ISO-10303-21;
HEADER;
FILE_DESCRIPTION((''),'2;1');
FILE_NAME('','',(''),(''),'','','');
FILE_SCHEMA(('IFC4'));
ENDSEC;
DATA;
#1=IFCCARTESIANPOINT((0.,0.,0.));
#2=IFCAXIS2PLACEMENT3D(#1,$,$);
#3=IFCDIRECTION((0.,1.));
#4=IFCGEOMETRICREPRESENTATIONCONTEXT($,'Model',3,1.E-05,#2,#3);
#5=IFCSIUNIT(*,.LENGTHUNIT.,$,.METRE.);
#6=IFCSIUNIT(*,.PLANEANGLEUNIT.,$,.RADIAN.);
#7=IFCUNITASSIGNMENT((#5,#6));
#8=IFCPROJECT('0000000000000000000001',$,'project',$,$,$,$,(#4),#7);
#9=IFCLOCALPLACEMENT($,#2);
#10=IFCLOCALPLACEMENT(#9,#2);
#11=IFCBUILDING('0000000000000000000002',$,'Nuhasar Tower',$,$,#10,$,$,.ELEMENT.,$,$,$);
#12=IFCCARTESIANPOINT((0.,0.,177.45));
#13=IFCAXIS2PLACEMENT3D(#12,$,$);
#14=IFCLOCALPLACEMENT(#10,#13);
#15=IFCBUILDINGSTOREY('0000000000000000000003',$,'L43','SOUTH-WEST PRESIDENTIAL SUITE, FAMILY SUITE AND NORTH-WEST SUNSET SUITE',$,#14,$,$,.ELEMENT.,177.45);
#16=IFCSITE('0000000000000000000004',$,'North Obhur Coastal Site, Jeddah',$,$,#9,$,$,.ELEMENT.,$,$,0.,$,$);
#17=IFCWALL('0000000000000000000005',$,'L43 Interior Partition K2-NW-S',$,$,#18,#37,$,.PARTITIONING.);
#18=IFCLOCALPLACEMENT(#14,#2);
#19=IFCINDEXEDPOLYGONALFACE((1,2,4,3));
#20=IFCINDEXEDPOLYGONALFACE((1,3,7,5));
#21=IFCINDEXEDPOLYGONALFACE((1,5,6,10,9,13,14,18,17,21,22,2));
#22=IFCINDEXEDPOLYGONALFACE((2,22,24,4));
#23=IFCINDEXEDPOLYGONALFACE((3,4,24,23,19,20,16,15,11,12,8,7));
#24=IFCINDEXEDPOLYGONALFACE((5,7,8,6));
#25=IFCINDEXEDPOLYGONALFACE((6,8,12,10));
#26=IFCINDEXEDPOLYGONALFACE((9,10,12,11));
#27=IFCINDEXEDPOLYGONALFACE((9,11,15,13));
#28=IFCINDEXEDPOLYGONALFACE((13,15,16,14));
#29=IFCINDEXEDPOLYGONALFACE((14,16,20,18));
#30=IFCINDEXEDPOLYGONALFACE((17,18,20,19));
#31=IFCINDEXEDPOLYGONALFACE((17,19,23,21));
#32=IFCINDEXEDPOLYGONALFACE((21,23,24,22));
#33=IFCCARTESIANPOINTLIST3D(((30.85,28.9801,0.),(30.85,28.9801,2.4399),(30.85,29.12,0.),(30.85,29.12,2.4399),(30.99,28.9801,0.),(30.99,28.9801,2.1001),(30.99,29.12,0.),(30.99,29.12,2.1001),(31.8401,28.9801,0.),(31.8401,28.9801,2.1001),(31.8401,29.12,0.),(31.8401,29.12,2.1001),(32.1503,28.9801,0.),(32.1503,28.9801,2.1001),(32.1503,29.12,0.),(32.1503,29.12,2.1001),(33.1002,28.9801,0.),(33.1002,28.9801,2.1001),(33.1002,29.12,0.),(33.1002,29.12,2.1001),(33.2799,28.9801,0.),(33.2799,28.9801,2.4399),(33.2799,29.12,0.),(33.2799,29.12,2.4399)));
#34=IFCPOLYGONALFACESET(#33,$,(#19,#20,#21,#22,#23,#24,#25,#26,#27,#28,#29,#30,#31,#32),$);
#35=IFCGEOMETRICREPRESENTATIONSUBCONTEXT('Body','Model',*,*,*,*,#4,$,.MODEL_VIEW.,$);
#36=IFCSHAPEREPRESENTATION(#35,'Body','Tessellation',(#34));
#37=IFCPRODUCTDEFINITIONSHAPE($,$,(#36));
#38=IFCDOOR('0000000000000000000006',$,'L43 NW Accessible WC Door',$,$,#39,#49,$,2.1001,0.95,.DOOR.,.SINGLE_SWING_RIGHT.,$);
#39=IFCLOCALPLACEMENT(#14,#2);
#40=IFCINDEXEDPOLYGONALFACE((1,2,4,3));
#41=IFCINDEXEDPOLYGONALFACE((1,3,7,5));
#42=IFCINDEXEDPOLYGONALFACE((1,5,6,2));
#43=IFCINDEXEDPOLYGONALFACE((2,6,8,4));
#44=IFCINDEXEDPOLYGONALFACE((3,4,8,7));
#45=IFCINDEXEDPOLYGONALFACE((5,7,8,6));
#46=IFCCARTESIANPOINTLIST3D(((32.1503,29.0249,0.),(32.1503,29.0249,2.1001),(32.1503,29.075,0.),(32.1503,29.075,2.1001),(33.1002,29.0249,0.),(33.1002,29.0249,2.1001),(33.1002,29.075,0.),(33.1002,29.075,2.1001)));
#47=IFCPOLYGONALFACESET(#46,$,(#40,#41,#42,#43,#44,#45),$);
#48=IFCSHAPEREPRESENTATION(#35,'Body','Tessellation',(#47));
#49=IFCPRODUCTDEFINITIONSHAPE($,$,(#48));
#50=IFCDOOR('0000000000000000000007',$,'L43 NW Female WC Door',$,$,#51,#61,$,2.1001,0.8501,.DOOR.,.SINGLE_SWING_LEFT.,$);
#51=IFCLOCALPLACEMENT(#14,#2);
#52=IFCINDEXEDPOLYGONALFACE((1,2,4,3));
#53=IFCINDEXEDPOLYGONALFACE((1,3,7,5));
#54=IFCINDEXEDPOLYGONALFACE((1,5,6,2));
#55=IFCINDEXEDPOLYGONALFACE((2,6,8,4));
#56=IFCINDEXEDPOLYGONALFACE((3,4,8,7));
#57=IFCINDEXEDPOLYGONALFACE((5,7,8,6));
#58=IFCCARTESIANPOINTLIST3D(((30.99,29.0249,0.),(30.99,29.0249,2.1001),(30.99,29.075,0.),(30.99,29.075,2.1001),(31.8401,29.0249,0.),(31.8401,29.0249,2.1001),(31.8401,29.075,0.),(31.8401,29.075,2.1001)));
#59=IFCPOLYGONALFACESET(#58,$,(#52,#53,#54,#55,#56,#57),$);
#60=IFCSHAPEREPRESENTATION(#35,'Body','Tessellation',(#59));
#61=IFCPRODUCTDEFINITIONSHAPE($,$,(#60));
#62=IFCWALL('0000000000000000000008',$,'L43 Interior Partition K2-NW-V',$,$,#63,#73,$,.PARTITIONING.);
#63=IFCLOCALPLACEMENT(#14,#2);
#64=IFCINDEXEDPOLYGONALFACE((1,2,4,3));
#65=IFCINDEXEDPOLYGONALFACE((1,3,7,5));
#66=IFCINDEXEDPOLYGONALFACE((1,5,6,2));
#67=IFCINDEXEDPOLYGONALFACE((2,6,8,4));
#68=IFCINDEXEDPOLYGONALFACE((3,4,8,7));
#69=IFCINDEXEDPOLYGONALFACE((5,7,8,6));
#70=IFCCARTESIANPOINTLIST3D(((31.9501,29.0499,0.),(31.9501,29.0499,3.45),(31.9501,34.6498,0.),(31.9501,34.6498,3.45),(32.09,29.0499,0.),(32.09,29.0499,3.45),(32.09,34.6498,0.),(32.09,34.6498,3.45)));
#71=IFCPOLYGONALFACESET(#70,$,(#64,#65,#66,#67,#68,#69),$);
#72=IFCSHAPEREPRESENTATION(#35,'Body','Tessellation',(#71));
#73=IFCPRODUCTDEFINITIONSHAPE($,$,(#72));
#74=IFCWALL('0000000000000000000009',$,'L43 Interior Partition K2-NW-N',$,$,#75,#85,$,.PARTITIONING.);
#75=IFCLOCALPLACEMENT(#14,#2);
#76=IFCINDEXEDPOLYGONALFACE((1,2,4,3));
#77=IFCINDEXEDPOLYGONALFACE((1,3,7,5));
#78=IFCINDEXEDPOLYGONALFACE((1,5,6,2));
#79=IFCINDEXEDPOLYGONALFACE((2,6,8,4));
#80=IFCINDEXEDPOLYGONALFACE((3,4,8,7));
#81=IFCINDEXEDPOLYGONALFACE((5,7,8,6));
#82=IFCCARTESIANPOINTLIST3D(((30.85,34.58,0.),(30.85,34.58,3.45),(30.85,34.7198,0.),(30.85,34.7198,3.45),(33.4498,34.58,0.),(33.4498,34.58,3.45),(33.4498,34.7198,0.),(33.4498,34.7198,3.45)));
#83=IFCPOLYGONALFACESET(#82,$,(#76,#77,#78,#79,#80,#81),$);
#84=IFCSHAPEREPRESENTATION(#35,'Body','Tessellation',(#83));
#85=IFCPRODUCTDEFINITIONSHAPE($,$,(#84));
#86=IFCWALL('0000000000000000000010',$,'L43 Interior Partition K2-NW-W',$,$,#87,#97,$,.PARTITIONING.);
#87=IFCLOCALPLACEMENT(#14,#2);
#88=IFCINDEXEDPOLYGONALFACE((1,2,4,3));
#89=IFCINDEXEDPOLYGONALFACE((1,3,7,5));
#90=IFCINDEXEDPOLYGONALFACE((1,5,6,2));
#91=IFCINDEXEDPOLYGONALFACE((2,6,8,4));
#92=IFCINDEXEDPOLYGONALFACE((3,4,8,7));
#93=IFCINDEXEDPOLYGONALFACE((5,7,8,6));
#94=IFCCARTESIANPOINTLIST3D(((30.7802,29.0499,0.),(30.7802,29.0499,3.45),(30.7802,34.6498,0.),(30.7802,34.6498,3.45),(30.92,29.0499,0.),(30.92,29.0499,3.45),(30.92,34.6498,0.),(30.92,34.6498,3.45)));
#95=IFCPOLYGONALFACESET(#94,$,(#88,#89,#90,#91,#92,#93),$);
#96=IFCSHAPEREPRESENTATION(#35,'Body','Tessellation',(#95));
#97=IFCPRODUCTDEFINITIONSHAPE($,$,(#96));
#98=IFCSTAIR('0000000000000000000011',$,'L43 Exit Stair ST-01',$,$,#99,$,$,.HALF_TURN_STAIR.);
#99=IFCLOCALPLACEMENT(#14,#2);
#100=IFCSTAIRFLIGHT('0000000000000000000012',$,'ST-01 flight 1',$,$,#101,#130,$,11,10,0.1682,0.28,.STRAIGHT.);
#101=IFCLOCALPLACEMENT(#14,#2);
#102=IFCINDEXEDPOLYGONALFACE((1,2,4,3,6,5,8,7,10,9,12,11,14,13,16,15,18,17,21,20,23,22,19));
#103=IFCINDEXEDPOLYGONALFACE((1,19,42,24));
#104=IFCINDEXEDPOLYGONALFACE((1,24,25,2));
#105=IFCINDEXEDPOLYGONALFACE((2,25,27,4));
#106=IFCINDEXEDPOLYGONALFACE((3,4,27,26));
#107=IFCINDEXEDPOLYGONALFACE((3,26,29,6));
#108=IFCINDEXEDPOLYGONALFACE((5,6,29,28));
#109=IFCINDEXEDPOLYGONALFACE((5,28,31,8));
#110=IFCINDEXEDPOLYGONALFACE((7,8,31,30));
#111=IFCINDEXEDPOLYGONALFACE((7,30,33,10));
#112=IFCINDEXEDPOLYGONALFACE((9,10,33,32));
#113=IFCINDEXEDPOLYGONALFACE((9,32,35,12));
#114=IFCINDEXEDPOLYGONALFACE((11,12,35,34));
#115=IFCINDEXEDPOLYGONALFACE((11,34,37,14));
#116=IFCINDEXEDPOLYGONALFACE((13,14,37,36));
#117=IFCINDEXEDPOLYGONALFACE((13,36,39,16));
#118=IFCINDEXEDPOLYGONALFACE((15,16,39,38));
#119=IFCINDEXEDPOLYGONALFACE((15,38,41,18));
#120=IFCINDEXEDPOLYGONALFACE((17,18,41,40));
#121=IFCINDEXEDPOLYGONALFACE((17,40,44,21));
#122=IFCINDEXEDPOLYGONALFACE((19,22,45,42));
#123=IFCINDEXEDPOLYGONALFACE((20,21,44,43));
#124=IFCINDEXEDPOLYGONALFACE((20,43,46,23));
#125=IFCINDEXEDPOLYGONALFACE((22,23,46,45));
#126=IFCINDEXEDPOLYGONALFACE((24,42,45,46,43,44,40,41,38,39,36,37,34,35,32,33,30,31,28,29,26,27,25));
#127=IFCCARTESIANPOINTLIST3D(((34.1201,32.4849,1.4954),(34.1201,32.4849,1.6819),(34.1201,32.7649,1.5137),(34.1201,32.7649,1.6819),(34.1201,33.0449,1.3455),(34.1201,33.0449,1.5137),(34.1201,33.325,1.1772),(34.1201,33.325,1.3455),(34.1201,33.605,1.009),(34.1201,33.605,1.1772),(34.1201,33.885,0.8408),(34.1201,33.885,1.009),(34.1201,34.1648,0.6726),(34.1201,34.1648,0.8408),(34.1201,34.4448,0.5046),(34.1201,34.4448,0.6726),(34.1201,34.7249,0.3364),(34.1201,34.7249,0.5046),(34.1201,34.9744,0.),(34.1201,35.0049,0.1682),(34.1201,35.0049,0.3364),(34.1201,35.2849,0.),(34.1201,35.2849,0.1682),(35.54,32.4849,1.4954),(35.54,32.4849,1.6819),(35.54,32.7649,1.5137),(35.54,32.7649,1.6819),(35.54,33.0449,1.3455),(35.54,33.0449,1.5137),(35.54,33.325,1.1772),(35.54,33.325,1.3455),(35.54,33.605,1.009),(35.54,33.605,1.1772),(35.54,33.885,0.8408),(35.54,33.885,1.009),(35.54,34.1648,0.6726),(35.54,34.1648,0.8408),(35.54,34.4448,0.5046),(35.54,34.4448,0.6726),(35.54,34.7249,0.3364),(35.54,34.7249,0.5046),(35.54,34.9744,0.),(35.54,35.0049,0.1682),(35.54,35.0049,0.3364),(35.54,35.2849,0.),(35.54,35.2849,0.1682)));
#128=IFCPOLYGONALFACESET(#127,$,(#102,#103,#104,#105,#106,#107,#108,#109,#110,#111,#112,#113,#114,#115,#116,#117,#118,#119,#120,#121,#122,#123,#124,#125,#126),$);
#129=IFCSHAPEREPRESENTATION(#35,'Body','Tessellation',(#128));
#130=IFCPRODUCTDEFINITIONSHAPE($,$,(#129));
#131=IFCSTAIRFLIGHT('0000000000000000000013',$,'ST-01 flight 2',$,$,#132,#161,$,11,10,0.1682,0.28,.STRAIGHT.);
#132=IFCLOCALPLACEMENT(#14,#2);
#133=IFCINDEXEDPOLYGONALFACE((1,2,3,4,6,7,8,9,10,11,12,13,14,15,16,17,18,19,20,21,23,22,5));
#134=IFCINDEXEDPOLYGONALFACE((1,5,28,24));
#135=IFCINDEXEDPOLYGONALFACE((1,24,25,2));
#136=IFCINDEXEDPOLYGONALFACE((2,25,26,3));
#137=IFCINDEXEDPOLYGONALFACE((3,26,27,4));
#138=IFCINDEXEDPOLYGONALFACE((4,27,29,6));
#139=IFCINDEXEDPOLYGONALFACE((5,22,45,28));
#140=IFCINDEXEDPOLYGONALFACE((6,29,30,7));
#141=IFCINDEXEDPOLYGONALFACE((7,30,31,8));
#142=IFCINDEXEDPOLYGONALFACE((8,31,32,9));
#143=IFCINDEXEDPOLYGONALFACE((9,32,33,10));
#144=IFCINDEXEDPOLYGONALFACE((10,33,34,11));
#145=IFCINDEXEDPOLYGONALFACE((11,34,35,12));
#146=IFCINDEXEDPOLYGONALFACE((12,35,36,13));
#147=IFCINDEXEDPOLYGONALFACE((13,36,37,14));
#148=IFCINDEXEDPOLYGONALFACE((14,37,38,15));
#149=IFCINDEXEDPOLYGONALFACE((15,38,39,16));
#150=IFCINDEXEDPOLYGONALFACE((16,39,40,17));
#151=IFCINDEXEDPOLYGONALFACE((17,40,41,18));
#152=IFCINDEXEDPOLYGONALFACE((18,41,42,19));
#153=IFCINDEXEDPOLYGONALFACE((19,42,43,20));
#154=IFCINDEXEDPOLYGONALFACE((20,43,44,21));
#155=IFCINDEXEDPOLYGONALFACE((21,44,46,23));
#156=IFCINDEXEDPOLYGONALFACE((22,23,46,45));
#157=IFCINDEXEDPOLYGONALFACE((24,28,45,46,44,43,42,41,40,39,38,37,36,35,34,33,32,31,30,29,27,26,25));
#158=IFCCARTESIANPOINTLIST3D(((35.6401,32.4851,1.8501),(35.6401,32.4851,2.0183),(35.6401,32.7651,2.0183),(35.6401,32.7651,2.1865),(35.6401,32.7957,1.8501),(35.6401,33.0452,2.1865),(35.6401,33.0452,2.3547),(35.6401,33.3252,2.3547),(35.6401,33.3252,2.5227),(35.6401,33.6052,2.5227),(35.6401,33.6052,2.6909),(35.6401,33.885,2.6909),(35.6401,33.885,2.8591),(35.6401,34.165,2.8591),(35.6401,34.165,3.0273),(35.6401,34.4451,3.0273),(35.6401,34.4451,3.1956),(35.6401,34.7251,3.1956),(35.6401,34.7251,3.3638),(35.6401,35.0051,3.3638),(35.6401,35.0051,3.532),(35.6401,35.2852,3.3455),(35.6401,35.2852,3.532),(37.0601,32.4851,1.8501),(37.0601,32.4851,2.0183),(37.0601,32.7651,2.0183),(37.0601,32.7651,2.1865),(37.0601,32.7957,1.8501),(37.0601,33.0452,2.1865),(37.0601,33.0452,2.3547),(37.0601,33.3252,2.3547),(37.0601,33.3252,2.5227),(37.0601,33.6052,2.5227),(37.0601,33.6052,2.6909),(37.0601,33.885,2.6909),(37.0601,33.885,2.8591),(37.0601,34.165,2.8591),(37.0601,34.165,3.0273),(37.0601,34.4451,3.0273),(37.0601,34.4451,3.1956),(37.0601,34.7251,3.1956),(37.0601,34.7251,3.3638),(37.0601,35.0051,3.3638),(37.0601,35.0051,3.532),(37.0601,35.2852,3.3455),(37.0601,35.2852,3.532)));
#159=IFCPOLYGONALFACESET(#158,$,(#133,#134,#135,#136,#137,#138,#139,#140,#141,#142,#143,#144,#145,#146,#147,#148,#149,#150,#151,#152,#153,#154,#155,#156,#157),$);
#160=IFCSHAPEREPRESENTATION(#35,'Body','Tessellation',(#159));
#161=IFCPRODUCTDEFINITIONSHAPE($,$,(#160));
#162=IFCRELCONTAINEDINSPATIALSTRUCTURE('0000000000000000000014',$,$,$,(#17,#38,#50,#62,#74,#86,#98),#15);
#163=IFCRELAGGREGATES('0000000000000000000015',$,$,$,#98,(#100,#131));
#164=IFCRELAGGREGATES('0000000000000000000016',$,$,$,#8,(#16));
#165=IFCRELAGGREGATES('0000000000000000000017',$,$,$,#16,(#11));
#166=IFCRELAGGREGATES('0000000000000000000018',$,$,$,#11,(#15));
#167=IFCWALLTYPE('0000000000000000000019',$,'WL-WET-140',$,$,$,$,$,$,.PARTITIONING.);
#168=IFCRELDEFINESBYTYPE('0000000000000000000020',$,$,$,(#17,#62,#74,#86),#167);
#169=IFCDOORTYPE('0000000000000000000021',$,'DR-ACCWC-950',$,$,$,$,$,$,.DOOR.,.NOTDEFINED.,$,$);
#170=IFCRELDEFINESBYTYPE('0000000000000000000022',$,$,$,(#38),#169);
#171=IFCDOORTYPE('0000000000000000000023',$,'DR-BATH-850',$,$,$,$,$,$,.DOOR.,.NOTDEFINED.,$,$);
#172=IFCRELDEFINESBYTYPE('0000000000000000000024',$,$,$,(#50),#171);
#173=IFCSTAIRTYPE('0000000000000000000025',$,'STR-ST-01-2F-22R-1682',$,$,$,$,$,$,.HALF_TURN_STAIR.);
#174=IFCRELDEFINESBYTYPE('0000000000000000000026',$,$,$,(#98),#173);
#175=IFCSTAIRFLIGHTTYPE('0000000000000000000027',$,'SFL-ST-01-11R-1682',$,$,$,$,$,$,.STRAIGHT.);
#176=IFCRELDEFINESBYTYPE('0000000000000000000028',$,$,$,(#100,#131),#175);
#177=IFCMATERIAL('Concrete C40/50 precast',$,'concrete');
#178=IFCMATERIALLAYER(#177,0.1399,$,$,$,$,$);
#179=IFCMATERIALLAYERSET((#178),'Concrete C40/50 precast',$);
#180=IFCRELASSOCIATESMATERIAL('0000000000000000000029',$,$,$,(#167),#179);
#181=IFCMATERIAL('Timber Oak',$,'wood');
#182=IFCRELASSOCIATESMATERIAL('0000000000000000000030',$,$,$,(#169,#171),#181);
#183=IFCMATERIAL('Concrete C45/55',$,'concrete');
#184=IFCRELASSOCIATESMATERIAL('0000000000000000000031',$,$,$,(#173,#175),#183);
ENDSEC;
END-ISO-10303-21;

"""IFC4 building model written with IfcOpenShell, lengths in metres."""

from ifc_helpers import new_model, si_unit, direction, frame, frame_2d, origin, place, context, subcontext, project, spatial, polyline, rectangle, outline, extrude, material, layer, layer_set, type_object, element, fill, aggregate, save


model = new_model("IFC4")

# Units and contexts
model_context = context("Model", 3, precision=1e-05, world=origin(), true_north=direction((0.0, 1.0)))
body_context = subcontext(model_context, "Body", "Model", "MODEL_VIEW")
ifc_project = project(units=[si_unit("LENGTHUNIT", "METRE"), si_unit("PLANEANGLEUNIT", "RADIAN")], contexts=[model_context])

# Site, building, storey
site_placement = place(None, origin())
site = spatial("IfcSite", under=ifc_project, at=site_placement, Name="North Obhur Coastal Site, Jeddah", CompositionType="ELEMENT", RefElevation=0.0)
building_placement = place(site_placement, origin())
building = spatial("IfcBuilding", under=site, at=building_placement, Name="Nuhasar Tower", CompositionType="ELEMENT")
storey_placement = place(building_placement, frame((0.0, 0.0, 177.45)))
storey = spatial("IfcBuildingStorey", under=building, at=storey_placement, Name="L43", Description="SOUTH-WEST PRESIDENTIAL SUITE, FAMILY SUITE AND NORTH-WEST SUNSET SUITE", CompositionType="ELEMENT", Elevation=177.45)

# Shared definitions
ifc_material_1 = material(Name="Concrete C40/50 precast", Category="concrete")
ifc_layer_1 = layer(ifc_material_1, 0.1399)
ifc_layer_set_1 = layer_set([ifc_layer_1], Name="Concrete C40/50 precast")
wall_type_1 = type_object("IfcWallType", Name="WL-WET-140", PredefinedType="PARTITIONING", material=ifc_layer_set_1)

# Wall, openings, doors
wall_1_placement = place(storey_placement, frame((30.8501, 29.05, 0.0), z_axis=(0.0, 0.0, 1.0), x_axis=(1.0, 0.0, 0.0)))
wall_1 = element("IfcWall", 1, at=wall_1_placement, inside=storey, type_object=wall_type_1, Name="L43 Interior Partition K2-NW-S", PredefinedType="PARTITIONING", context=body_context, shape_type="SweptSolid", body=[
    extrude(rectangle(XDim=2.4299, YDim=0.1399, at=frame_2d((1.2148, 0.0))), origin(), (0.0, 0.0, 1.0), 2.4399),
])
opening_1_placement = place(wall_1_placement, frame((0.1399, 0.0, 0.0)))
opening_1 = element("IfcOpeningElement", 2, at=opening_1_placement, cuts=wall_1, PredefinedType="OPENING", context=body_context, shape_type="SweptSolid", body=[
    extrude(rectangle(XDim=0.8501, YDim=2.1001, at=frame_2d((0.425, 1.05))), frame((0.0, 0.0801, 0.0), z_axis=(0.0, -1.0, 0.0), x_axis=(1.0, 0.0, 0.0)), (0.0, 0.0, 1.0), 0.1599),
])
opening_2_placement = place(wall_1_placement, frame((1.3, 0.0, 0.0)))
opening_2 = element("IfcOpeningElement", 3, at=opening_2_placement, cuts=wall_1, PredefinedType="OPENING", context=body_context, shape_type="SweptSolid", body=[
    extrude(rectangle(XDim=0.95, YDim=2.1001, at=frame_2d((0.4751, 1.05))), frame((0.0, 0.0801, 0.0), z_axis=(0.0, -1.0, 0.0), x_axis=(1.0, 0.0, 0.0)), (0.0, 0.0, 1.0), 0.1599),
])
ifc_material_2 = material(Name="Timber Oak", Category="wood")
door_type_1 = type_object("IfcDoorType", Name="DR-ACCWC-950", OperationType="NOTDEFINED", PredefinedType="DOOR", material=ifc_material_2)
door_1_placement = place(opening_2_placement, origin())
door_1 = element("IfcDoor", 4, at=door_1_placement, inside=storey, type_object=door_type_1, Name="L43 NW Accessible WC Door", OperationType="SINGLE_SWING_RIGHT", OverallHeight=2.1001, OverallWidth=0.95, PredefinedType="DOOR", context=body_context, shape_type="SweptSolid", body=[
    extrude(rectangle(XDim=0.95, YDim=2.1001, at=frame_2d((0.4751, 1.05))), frame((0.0, 0.0249, 0.0), z_axis=(0.0, -1.0, 0.0), x_axis=(1.0, 0.0, 0.0)), (0.0, 0.0, 1.0), 0.05),
])
fill(opening_2, door_1)
door_type_2 = type_object("IfcDoorType", Name="DR-BATH-850", OperationType="NOTDEFINED", PredefinedType="DOOR", material=ifc_material_2)
door_2_placement = place(opening_1_placement, origin())
door_2 = element("IfcDoor", 5, at=door_2_placement, inside=storey, type_object=door_type_2, Name="L43 NW Female WC Door", OperationType="SINGLE_SWING_LEFT", OverallHeight=2.1001, OverallWidth=0.8501, PredefinedType="DOOR", context=body_context, shape_type="SweptSolid", body=[
    extrude(rectangle(XDim=0.8501, YDim=2.1001, at=frame_2d((0.425, 1.05))), frame((0.0, 0.0249, 0.0), z_axis=(0.0, -1.0, 0.0), x_axis=(1.0, 0.0, 0.0)), (0.0, 0.0, 1.0), 0.05),
])
fill(opening_1, door_2)

# Walls
wall_2_placement = place(storey_placement, frame((32.02, 29.05, 0.0), z_axis=(0.0, 0.0, 1.0), x_axis=(0.0, 1.0, 0.0)))
element("IfcWall", 6, at=wall_2_placement, inside=storey, type_object=wall_type_1, Name="L43 Interior Partition K2-NW-V", PredefinedType="PARTITIONING", context=body_context, shape_type="SweptSolid", body=[
    extrude(rectangle(XDim=5.5999, YDim=0.1399, at=frame_2d((2.7998, 0.0))), origin(), (0.0, 0.0, 1.0), 3.45),
])
wall_3_placement = place(storey_placement, frame((30.8501, 34.6499, 0.0), z_axis=(0.0, 0.0, 1.0), x_axis=(1.0, 0.0, 0.0)))
element("IfcWall", 7, at=wall_3_placement, inside=storey, type_object=wall_type_1, Name="L43 Interior Partition K2-NW-N", PredefinedType="PARTITIONING", context=body_context, shape_type="SweptSolid", body=[
    extrude(rectangle(XDim=2.5999, YDim=0.1399, at=frame_2d((1.2998, 0.0))), origin(), (0.0, 0.0, 1.0), 3.45),
])
wall_4_placement = place(storey_placement, frame((30.8501, 29.05, 0.0), z_axis=(0.0, 0.0, 1.0), x_axis=(0.0, 1.0, 0.0)))
element("IfcWall", 8, at=wall_4_placement, inside=storey, type_object=wall_type_1, Name="L43 Interior Partition K2-NW-W", PredefinedType="PARTITIONING", context=body_context, shape_type="SweptSolid", body=[
    extrude(rectangle(XDim=5.5999, YDim=0.1399, at=frame_2d((2.7998, 0.0))), origin(), (0.0, 0.0, 1.0), 3.45),
])

# Stair, stair flights
ifc_material_3 = material(Name="Concrete C45/55", Category="concrete")
stair_type_1 = type_object("IfcStairType", Name="STR-ST-01-2F-22R-1682", PredefinedType="HALF_TURN_STAIR", material=ifc_material_3)
stair_1_placement = place(storey_placement, origin())
stair_1 = element("IfcStair", 9, at=stair_1_placement, inside=storey, type_object=stair_type_1, Name="L43 Exit Stair ST-01", PredefinedType="HALF_TURN_STAIR")
stair_flight_type_1 = type_object("IfcStairFlightType", Name="SFL-ST-01-11R-1682", PredefinedType="STRAIGHT", material=ifc_material_3)
stair_flight_1_placement = place(storey_placement, frame((34.8301, 35.2849, 0.0), z_axis=(0.0, 0.0, 1.0), x_axis=(0.0, -1.0, 0.0)))
stair_flight_1 = element("IfcStairFlight", 10, at=stair_flight_1_placement, type_object=stair_flight_type_1, Name="ST-01 flight 1", NumberOfRisers=11, NumberOfTreads=10, PredefinedType="STRAIGHT", RiserHeight=0.1682, TreadLength=0.28, context=body_context, shape_type="SweptSolid", body=[
    extrude(outline(polyline([(0.0, 0.0), (0.0, 0.1682), (0.28, 0.1682), (0.28, 0.3364), (0.5601, 0.3364), (0.5601, 0.5046), (0.8401, 0.5046), (0.8401, 0.6726), (1.1201, 0.6726), (1.1201, 0.8408), (1.3999, 0.8408), (1.3999, 1.009), (1.6799, 1.009), (1.6799, 1.1772), (1.96, 1.1772), (1.96, 1.3455), (2.24, 1.3455), (2.24, 1.5137), (2.52, 1.5137), (2.52, 1.6819), (2.8, 1.6819), (2.8, 1.8501), (2.8, 1.4954), (0.3105, 0.0), (0.0, 0.0)])), frame((0.0, 0.71, 0.0), z_axis=(0.0, -1.0, 0.0), x_axis=(1.0, 0.0, 0.0)), (0.0, 0.0, 1.0), 1.4199),
])
stair_flight_2_placement = place(storey_placement, frame((36.3501, 32.4851, 1.8501), z_axis=(0.0, 0.0, 1.0), x_axis=(0.0, 1.0, 0.0)))
stair_flight_2 = element("IfcStairFlight", 11, at=stair_flight_2_placement, type_object=stair_flight_type_1, Name="ST-01 flight 2", NumberOfRisers=11, NumberOfTreads=10, PredefinedType="STRAIGHT", RiserHeight=0.1682, TreadLength=0.28, context=body_context, shape_type="SweptSolid", body=[
    extrude(outline(polyline([(0.0, 0.0), (0.0, 0.1682), (0.28, 0.1682), (0.28, 0.3364), (0.5601, 0.3364), (0.5601, 0.5046), (0.8401, 0.5046), (0.8401, 0.6726), (1.1201, 0.6726), (1.1201, 0.8408), (1.3999, 0.8408), (1.3999, 1.009), (1.6799, 1.009), (1.6799, 1.1772), (1.96, 1.1772), (1.96, 1.3455), (2.24, 1.3455), (2.24, 1.5137), (2.52, 1.5137), (2.52, 1.6819), (2.8, 1.6819), (2.8, 1.8501), (2.8, 1.4954), (0.3105, 0.0), (0.0, 0.0)])), frame((0.0, 0.71, 0.0), z_axis=(0.0, -1.0, 0.0), x_axis=(1.0, 0.0, 0.0)), (0.0, 0.0, 1.0), 1.4199),
])
aggregate(stair_1, [stair_flight_1, stair_flight_2])

save(model, "model.ifc")
